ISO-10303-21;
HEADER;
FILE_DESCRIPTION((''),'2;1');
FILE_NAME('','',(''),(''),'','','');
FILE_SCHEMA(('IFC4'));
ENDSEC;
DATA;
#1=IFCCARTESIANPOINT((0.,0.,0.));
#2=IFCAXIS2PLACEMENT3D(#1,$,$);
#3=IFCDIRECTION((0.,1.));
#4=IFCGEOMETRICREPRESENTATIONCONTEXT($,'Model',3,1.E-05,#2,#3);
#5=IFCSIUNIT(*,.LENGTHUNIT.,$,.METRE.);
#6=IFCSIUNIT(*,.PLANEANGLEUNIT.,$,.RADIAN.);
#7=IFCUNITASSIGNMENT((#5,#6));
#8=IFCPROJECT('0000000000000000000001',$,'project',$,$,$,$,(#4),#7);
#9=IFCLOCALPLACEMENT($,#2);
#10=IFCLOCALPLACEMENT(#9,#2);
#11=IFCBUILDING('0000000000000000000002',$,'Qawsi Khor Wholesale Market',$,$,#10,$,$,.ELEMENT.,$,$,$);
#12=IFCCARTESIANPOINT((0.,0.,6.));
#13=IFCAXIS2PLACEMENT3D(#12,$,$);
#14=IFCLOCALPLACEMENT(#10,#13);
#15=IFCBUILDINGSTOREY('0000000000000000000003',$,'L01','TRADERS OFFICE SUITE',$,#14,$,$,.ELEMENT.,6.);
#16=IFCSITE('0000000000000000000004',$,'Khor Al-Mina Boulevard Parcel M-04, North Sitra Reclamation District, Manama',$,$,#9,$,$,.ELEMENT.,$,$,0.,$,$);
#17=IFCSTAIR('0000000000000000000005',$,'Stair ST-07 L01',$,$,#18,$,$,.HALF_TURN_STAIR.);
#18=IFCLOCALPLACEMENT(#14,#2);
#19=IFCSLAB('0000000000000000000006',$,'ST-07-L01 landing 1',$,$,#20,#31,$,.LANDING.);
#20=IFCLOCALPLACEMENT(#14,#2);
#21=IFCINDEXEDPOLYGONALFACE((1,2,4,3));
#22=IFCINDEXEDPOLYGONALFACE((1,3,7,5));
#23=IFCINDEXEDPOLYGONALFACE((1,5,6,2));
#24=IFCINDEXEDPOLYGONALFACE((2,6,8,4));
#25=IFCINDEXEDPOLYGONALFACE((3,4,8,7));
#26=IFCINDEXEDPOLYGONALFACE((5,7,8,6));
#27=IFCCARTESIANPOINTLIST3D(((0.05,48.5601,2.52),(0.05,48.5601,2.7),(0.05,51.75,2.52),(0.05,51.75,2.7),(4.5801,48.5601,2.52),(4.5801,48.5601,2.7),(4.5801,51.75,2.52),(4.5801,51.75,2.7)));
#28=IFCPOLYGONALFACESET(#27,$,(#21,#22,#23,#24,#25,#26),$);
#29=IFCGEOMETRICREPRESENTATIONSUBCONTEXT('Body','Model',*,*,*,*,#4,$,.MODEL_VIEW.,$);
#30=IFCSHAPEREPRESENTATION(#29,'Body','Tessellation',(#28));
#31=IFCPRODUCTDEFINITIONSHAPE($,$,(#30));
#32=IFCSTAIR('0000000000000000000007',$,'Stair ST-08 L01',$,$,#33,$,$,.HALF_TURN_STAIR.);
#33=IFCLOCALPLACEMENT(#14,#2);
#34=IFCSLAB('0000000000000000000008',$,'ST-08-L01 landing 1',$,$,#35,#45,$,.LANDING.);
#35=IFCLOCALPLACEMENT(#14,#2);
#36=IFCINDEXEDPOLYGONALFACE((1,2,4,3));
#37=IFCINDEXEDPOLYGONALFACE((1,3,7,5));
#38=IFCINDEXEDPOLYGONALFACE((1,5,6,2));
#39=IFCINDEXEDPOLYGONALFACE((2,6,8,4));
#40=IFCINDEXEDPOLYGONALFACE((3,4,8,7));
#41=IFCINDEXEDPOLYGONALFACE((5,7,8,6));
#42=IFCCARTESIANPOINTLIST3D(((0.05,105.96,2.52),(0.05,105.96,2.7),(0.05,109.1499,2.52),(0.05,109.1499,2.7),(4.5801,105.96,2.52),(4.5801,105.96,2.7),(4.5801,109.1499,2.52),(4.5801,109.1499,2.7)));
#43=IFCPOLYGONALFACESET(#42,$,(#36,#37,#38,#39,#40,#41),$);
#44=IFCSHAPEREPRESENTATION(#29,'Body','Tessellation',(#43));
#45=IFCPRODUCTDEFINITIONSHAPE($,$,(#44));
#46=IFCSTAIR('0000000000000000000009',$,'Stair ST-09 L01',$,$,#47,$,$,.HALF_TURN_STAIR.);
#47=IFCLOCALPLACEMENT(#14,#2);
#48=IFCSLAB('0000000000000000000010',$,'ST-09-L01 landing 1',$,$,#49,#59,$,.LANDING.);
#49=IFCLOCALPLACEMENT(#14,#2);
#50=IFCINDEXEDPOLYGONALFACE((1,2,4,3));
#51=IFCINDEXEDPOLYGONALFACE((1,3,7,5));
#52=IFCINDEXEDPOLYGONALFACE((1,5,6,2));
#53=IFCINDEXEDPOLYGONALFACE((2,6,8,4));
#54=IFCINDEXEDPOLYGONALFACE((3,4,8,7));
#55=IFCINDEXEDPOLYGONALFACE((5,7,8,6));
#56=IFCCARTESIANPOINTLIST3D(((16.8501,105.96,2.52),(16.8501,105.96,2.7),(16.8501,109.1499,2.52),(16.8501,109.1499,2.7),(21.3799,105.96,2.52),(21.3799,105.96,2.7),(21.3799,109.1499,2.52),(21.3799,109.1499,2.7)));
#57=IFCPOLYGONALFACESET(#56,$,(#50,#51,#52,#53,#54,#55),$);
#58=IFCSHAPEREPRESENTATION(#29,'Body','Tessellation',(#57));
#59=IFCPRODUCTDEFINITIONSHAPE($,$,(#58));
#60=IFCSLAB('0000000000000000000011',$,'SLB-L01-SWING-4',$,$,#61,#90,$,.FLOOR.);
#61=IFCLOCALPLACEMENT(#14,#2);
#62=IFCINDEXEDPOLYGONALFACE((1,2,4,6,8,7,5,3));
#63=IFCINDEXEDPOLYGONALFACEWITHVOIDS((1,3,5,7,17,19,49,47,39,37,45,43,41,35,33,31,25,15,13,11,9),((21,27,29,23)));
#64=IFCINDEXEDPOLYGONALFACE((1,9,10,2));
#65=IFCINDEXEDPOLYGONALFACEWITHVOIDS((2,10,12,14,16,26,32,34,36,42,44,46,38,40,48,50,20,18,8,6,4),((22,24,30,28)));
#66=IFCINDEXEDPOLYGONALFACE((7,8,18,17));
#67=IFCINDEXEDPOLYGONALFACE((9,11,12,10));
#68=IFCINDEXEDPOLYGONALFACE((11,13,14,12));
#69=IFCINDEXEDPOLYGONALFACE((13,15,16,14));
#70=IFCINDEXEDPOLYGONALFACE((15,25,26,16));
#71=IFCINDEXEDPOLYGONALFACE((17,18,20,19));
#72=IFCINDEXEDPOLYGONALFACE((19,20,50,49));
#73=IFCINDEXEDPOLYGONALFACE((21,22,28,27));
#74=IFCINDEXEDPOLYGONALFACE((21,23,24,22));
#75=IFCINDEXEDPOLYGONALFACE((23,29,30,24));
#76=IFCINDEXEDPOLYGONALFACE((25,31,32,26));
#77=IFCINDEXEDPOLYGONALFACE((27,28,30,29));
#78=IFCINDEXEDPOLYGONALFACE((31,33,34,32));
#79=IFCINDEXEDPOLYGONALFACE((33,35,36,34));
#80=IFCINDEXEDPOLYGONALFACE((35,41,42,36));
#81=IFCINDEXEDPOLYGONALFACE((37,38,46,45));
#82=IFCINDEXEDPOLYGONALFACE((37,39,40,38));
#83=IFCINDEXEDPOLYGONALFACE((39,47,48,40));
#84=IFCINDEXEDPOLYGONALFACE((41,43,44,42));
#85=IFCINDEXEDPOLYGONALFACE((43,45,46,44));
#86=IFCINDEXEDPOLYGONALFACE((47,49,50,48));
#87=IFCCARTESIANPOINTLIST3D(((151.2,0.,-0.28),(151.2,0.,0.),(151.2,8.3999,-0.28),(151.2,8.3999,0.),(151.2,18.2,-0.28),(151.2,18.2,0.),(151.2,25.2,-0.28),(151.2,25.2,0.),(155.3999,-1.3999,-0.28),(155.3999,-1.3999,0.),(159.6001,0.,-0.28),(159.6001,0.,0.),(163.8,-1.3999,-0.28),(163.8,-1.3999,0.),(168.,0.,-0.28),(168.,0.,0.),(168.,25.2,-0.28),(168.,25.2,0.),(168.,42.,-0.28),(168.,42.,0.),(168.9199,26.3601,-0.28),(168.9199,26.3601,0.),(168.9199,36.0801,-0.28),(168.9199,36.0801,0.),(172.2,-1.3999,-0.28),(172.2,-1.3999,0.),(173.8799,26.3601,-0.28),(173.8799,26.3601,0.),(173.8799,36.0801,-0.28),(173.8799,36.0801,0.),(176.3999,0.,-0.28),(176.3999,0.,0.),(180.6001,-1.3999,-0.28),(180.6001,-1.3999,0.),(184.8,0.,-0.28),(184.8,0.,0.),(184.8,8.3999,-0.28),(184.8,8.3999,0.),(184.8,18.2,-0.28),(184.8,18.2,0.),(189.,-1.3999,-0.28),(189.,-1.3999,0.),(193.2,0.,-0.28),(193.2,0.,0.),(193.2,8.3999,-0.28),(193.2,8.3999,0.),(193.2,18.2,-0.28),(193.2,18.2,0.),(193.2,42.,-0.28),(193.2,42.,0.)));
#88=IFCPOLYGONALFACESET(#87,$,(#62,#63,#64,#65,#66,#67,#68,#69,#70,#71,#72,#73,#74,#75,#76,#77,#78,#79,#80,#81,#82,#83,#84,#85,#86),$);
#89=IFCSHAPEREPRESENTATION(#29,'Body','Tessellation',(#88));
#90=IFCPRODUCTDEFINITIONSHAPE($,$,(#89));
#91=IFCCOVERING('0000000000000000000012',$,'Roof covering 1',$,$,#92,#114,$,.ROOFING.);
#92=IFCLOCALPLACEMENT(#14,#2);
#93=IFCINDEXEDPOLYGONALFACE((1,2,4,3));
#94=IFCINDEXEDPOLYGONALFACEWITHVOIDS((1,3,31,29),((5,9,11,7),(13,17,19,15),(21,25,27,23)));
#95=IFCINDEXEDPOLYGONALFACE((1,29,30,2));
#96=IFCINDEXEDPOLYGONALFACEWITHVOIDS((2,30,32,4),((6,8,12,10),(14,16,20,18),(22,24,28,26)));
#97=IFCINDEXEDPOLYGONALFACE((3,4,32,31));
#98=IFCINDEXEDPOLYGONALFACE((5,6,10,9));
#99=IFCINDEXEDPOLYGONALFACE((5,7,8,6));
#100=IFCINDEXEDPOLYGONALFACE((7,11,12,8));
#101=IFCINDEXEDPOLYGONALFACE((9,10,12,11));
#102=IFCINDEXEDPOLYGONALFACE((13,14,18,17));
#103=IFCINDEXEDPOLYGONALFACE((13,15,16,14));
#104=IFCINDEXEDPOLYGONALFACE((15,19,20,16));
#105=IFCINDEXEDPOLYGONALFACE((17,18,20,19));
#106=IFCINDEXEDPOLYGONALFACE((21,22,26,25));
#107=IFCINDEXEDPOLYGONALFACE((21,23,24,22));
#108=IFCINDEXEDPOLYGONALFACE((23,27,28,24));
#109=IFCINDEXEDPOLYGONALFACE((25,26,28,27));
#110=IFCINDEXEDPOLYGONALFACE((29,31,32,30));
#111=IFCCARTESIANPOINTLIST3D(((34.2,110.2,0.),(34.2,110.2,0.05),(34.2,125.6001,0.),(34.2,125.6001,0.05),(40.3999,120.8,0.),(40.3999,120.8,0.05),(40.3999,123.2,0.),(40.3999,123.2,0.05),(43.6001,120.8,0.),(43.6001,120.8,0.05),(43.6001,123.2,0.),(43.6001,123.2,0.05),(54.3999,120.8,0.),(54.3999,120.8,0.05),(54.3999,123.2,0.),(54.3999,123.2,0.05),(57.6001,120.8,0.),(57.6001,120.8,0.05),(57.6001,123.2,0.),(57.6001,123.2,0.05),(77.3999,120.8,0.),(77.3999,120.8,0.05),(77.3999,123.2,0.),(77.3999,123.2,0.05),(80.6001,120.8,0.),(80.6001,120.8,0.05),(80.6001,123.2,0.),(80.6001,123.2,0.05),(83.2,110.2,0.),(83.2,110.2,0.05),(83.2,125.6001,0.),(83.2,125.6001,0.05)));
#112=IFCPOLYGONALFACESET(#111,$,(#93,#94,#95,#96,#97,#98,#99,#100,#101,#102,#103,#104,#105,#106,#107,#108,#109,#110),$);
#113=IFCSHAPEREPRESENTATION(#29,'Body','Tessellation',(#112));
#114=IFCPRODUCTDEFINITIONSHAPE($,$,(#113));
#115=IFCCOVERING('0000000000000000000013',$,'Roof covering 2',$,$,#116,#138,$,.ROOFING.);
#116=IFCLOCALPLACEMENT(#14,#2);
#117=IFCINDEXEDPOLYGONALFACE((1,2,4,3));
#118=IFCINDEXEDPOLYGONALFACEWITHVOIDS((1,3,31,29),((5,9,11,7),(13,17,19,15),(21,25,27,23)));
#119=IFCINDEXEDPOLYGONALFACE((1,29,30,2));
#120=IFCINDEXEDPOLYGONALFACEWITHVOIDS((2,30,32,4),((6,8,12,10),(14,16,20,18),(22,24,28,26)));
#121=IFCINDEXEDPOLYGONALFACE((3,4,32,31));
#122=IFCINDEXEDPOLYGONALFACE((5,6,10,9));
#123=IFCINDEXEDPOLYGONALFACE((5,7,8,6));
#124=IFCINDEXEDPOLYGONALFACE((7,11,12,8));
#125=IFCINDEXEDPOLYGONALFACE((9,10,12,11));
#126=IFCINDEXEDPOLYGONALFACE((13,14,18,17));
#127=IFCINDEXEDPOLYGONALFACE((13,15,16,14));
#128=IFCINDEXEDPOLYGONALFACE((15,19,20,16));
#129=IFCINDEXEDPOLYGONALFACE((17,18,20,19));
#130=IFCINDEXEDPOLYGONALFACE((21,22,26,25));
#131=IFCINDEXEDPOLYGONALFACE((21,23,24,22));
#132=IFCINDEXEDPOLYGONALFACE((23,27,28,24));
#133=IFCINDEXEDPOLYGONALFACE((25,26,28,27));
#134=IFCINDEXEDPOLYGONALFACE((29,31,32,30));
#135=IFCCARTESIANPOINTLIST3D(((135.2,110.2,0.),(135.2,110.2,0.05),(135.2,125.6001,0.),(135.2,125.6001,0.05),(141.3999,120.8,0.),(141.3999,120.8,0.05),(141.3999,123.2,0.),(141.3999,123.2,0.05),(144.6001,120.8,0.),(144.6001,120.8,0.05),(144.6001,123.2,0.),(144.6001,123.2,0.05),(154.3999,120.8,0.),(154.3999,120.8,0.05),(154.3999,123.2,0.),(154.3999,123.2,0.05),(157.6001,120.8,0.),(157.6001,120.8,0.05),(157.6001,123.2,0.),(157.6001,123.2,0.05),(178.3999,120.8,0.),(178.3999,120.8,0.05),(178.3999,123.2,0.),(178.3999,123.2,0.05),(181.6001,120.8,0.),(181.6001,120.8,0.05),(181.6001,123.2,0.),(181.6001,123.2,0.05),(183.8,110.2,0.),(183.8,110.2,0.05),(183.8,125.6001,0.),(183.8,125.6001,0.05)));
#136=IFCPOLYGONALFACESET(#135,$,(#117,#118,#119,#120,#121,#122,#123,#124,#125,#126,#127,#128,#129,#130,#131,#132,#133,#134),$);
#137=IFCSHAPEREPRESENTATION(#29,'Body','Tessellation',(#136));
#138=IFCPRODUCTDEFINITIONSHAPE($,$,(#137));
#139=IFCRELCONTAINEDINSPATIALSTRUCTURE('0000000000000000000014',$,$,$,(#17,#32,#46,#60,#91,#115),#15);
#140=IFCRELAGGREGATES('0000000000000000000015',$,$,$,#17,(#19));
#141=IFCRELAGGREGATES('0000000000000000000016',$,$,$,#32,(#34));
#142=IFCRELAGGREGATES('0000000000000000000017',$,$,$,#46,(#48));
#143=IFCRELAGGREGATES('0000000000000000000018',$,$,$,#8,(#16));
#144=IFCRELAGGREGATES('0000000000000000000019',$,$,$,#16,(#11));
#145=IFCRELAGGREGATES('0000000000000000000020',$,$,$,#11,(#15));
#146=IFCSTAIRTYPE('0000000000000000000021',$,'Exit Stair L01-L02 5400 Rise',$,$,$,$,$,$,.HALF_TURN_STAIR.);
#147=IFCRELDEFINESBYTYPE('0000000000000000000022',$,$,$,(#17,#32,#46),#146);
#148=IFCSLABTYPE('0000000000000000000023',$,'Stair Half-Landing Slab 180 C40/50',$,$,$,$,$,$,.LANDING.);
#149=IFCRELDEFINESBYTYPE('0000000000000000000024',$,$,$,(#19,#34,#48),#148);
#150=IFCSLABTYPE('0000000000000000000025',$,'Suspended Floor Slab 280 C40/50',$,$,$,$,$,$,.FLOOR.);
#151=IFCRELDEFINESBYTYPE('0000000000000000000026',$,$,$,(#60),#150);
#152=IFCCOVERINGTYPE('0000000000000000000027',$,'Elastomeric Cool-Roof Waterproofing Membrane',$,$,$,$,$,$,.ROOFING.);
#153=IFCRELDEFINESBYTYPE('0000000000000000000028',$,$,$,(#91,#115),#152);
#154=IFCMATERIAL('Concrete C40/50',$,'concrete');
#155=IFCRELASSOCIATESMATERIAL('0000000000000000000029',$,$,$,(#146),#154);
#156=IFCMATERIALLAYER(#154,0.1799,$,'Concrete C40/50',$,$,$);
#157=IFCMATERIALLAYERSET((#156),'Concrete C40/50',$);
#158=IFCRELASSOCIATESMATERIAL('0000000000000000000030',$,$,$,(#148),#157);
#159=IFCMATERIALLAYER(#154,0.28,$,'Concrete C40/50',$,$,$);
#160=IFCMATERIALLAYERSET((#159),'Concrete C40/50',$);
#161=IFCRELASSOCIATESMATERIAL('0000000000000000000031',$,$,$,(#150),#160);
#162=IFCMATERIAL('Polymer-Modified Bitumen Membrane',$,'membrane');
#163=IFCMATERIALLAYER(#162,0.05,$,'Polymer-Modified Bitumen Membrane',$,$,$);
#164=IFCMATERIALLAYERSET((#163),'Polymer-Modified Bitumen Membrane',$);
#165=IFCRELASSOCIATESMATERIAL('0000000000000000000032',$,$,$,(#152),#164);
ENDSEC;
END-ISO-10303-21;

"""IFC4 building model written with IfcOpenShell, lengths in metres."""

from ifc_helpers import new_model, si_unit, direction, frame, origin, place, context, subcontext, project, spatial, polyline, outline, extrude, material, layer, layer_set, type_object, element, aggregate, save


model = new_model("IFC4")

# Units and contexts
model_context = context("Model", 3, precision=1e-05, world=origin(), true_north=direction((0.0, 1.0)))
body_context = subcontext(model_context, "Body", "Model", "MODEL_VIEW")
ifc_project = project(units=[si_unit("LENGTHUNIT", "METRE"), si_unit("PLANEANGLEUNIT", "RADIAN")], contexts=[model_context])

# Site, building, storey
site_placement = place(None, origin())
site = spatial("IfcSite", under=ifc_project, at=site_placement, Name="Khor Al-Mina Boulevard Parcel M-04, North Sitra Reclamation District, Manama", CompositionType="ELEMENT", RefElevation=0.0)
building_placement = place(site_placement, origin())
building = spatial("IfcBuilding", under=site, at=building_placement, Name="Qawsi Khor Wholesale Market", CompositionType="ELEMENT")
storey_placement = place(building_placement, frame((0.0, 0.0, 6.0)))
storey = spatial("IfcBuildingStorey", under=building, at=storey_placement, Name="L01", Description="TRADERS OFFICE SUITE", CompositionType="ELEMENT", Elevation=6.0)

# Shared definitions
ifc_material_1 = material(Name="Concrete C40/50", Category="concrete")

# Stairs, slabs
stair_type = type_object("IfcStairType", Name="Exit Stair L01-L02 5400 Rise", PredefinedType="HALF_TURN_STAIR", material=ifc_material_1)
ifc_layer_1 = layer(ifc_material_1, 0.1799, Name="Concrete C40/50")
ifc_layer_set_1 = layer_set([ifc_layer_1], Name="Concrete C40/50")
slab_type_1 = type_object("IfcSlabType", Name="Stair Half-Landing Slab 180 C40/50", PredefinedType="LANDING", material=ifc_layer_set_1)
stair_1_placement = place(storey_placement, origin())
stair_1 = element("IfcStair", 1, at=stair_1_placement, inside=storey, type_object=stair_type, Name="Stair ST-07 L01", PredefinedType="HALF_TURN_STAIR")
slab_1_placement = place(storey_placement, frame((0.0, 0.0, 2.52)))
slab_1 = element("IfcSlab", 2, at=slab_1_placement, type_object=slab_type_1, Name="ST-07-L01 landing 1", PredefinedType="LANDING", context=body_context, shape_type="SweptSolid", body=[
    extrude(outline(polyline([(0.05, 48.5601), (4.5801, 48.5601), (4.5801, 51.75), (0.05, 51.75), (0.05, 48.5601)])), origin(), (0.0, 0.0, 1.0), 0.1799),
])
aggregate(stair_1, [slab_1])
stair_2_placement = place(storey_placement, origin())
stair_2 = element("IfcStair", 3, at=stair_2_placement, inside=storey, type_object=stair_type, Name="Stair ST-08 L01", PredefinedType="HALF_TURN_STAIR")
slab_2_placement = place(storey_placement, frame((0.0, 0.0, 2.52)))
slab_2 = element("IfcSlab", 4, at=slab_2_placement, type_object=slab_type_1, Name="ST-08-L01 landing 1", PredefinedType="LANDING", context=body_context, shape_type="SweptSolid", body=[
    extrude(outline(polyline([(0.05, 105.96), (4.5801, 105.96), (4.5801, 109.1499), (0.05, 109.1499), (0.05, 105.96)])), origin(), (0.0, 0.0, 1.0), 0.1799),
])
aggregate(stair_2, [slab_2])
stair_3_placement = place(storey_placement, origin())
stair_3 = element("IfcStair", 5, at=stair_3_placement, inside=storey, type_object=stair_type, Name="Stair ST-09 L01", PredefinedType="HALF_TURN_STAIR")
slab_3_placement = place(storey_placement, frame((0.0, 0.0, 2.52)))
slab_3 = element("IfcSlab", 6, at=slab_3_placement, type_object=slab_type_1, Name="ST-09-L01 landing 1", PredefinedType="LANDING", context=body_context, shape_type="SweptSolid", body=[
    extrude(outline(polyline([(16.8501, 105.96), (21.3799, 105.96), (21.3799, 109.1499), (16.8501, 109.1499), (16.8501, 105.96)])), origin(), (0.0, 0.0, 1.0), 0.1799),
])
aggregate(stair_3, [slab_3])

# Slab
ifc_layer_2 = layer(ifc_material_1, 0.28, Name="Concrete C40/50")
ifc_layer_set_2 = layer_set([ifc_layer_2], Name="Concrete C40/50")
slab_type_2 = type_object("IfcSlabType", Name="Suspended Floor Slab 280 C40/50", PredefinedType="FLOOR", material=ifc_layer_set_2)
slab_4_placement = place(storey_placement, frame((0.0, 0.0, -0.28)))
element("IfcSlab", 7, at=slab_4_placement, inside=storey, type_object=slab_type_2, Name="SLB-L01-SWING-4", PredefinedType="FLOOR", context=body_context, shape_type="SweptSolid", body=[
    extrude(outline(polyline([(151.2, 8.3999), (151.2, 18.2), (151.2, 25.2), (168.0, 25.2), (168.0, 42.0), (193.2, 42.0), (193.2, 18.2), (184.8, 18.2), (184.8, 8.3999), (193.2, 8.3999), (193.2, 0.0), (189.0, -1.3999), (184.8, 0.0), (180.6001, -1.3999), (176.3999, 0.0), (172.2, -1.3999), (168.0, 0.0), (163.8, -1.3999), (159.6001, 0.0), (155.3999, -1.3999), (151.2, 0.0), (151.2, 8.3999)]), holes=[polyline([(173.8799, 26.3601), (173.8799, 36.0801), (168.9199, 36.0801), (168.9199, 26.3601), (173.8799, 26.3601)])]), origin(), (0.0, 0.0, 1.0), 0.28),
])

# Coverings
ifc_material_2 = material(Name="Polymer-Modified Bitumen Membrane", Category="membrane")
ifc_layer_3 = layer(ifc_material_2, 0.05, Name="Polymer-Modified Bitumen Membrane")
ifc_layer_set_3 = layer_set([ifc_layer_3], Name="Polymer-Modified Bitumen Membrane")
covering_type = type_object("IfcCoveringType", Name="Elastomeric Cool-Roof Waterproofing Membrane", PredefinedType="ROOFING", material=ifc_layer_set_3)
covering_1_placement = place(storey_placement, origin())
element("IfcCovering", 8, at=covering_1_placement, inside=storey, type_object=covering_type, Name="Roof covering 1", PredefinedType="ROOFING", context=body_context, shape_type="SweptSolid", body=[
    extrude(outline(polyline([(34.2, 125.6001), (83.2, 125.6001), (83.2, 110.2), (34.2, 110.2), (34.2, 125.6001)]), holes=[polyline([(40.3999, 120.8), (43.6001, 120.8), (43.6001, 123.2), (40.3999, 123.2), (40.3999, 120.8)]), polyline([(54.3999, 123.2), (54.3999, 120.8), (57.6001, 120.8), (57.6001, 123.2), (54.3999, 123.2)]), polyline([(77.3999, 123.2), (77.3999, 120.8), (80.6001, 120.8), (80.6001, 123.2), (77.3999, 123.2)])]), origin(), (0.0, 0.0, 1.0), 0.05),
])
covering_2_placement = place(storey_placement, origin())
element("IfcCovering", 9, at=covering_2_placement, inside=storey, type_object=covering_type, Name="Roof covering 2", PredefinedType="ROOFING", context=body_context, shape_type="SweptSolid", body=[
    extrude(outline(polyline([(135.2, 125.6001), (183.8, 125.6001), (183.8, 110.2), (135.2, 110.2), (135.2, 125.6001)]), holes=[polyline([(141.3999, 120.8), (144.6001, 120.8), (144.6001, 123.2), (141.3999, 123.2), (141.3999, 120.8)]), polyline([(154.3999, 123.2), (154.3999, 120.8), (157.6001, 120.8), (157.6001, 123.2), (154.3999, 123.2)]), polyline([(178.3999, 123.2), (178.3999, 120.8), (181.6001, 120.8), (181.6001, 123.2), (178.3999, 123.2)])]), origin(), (0.0, 0.0, 1.0), 0.05),
])

save(model, "model.ifc")
